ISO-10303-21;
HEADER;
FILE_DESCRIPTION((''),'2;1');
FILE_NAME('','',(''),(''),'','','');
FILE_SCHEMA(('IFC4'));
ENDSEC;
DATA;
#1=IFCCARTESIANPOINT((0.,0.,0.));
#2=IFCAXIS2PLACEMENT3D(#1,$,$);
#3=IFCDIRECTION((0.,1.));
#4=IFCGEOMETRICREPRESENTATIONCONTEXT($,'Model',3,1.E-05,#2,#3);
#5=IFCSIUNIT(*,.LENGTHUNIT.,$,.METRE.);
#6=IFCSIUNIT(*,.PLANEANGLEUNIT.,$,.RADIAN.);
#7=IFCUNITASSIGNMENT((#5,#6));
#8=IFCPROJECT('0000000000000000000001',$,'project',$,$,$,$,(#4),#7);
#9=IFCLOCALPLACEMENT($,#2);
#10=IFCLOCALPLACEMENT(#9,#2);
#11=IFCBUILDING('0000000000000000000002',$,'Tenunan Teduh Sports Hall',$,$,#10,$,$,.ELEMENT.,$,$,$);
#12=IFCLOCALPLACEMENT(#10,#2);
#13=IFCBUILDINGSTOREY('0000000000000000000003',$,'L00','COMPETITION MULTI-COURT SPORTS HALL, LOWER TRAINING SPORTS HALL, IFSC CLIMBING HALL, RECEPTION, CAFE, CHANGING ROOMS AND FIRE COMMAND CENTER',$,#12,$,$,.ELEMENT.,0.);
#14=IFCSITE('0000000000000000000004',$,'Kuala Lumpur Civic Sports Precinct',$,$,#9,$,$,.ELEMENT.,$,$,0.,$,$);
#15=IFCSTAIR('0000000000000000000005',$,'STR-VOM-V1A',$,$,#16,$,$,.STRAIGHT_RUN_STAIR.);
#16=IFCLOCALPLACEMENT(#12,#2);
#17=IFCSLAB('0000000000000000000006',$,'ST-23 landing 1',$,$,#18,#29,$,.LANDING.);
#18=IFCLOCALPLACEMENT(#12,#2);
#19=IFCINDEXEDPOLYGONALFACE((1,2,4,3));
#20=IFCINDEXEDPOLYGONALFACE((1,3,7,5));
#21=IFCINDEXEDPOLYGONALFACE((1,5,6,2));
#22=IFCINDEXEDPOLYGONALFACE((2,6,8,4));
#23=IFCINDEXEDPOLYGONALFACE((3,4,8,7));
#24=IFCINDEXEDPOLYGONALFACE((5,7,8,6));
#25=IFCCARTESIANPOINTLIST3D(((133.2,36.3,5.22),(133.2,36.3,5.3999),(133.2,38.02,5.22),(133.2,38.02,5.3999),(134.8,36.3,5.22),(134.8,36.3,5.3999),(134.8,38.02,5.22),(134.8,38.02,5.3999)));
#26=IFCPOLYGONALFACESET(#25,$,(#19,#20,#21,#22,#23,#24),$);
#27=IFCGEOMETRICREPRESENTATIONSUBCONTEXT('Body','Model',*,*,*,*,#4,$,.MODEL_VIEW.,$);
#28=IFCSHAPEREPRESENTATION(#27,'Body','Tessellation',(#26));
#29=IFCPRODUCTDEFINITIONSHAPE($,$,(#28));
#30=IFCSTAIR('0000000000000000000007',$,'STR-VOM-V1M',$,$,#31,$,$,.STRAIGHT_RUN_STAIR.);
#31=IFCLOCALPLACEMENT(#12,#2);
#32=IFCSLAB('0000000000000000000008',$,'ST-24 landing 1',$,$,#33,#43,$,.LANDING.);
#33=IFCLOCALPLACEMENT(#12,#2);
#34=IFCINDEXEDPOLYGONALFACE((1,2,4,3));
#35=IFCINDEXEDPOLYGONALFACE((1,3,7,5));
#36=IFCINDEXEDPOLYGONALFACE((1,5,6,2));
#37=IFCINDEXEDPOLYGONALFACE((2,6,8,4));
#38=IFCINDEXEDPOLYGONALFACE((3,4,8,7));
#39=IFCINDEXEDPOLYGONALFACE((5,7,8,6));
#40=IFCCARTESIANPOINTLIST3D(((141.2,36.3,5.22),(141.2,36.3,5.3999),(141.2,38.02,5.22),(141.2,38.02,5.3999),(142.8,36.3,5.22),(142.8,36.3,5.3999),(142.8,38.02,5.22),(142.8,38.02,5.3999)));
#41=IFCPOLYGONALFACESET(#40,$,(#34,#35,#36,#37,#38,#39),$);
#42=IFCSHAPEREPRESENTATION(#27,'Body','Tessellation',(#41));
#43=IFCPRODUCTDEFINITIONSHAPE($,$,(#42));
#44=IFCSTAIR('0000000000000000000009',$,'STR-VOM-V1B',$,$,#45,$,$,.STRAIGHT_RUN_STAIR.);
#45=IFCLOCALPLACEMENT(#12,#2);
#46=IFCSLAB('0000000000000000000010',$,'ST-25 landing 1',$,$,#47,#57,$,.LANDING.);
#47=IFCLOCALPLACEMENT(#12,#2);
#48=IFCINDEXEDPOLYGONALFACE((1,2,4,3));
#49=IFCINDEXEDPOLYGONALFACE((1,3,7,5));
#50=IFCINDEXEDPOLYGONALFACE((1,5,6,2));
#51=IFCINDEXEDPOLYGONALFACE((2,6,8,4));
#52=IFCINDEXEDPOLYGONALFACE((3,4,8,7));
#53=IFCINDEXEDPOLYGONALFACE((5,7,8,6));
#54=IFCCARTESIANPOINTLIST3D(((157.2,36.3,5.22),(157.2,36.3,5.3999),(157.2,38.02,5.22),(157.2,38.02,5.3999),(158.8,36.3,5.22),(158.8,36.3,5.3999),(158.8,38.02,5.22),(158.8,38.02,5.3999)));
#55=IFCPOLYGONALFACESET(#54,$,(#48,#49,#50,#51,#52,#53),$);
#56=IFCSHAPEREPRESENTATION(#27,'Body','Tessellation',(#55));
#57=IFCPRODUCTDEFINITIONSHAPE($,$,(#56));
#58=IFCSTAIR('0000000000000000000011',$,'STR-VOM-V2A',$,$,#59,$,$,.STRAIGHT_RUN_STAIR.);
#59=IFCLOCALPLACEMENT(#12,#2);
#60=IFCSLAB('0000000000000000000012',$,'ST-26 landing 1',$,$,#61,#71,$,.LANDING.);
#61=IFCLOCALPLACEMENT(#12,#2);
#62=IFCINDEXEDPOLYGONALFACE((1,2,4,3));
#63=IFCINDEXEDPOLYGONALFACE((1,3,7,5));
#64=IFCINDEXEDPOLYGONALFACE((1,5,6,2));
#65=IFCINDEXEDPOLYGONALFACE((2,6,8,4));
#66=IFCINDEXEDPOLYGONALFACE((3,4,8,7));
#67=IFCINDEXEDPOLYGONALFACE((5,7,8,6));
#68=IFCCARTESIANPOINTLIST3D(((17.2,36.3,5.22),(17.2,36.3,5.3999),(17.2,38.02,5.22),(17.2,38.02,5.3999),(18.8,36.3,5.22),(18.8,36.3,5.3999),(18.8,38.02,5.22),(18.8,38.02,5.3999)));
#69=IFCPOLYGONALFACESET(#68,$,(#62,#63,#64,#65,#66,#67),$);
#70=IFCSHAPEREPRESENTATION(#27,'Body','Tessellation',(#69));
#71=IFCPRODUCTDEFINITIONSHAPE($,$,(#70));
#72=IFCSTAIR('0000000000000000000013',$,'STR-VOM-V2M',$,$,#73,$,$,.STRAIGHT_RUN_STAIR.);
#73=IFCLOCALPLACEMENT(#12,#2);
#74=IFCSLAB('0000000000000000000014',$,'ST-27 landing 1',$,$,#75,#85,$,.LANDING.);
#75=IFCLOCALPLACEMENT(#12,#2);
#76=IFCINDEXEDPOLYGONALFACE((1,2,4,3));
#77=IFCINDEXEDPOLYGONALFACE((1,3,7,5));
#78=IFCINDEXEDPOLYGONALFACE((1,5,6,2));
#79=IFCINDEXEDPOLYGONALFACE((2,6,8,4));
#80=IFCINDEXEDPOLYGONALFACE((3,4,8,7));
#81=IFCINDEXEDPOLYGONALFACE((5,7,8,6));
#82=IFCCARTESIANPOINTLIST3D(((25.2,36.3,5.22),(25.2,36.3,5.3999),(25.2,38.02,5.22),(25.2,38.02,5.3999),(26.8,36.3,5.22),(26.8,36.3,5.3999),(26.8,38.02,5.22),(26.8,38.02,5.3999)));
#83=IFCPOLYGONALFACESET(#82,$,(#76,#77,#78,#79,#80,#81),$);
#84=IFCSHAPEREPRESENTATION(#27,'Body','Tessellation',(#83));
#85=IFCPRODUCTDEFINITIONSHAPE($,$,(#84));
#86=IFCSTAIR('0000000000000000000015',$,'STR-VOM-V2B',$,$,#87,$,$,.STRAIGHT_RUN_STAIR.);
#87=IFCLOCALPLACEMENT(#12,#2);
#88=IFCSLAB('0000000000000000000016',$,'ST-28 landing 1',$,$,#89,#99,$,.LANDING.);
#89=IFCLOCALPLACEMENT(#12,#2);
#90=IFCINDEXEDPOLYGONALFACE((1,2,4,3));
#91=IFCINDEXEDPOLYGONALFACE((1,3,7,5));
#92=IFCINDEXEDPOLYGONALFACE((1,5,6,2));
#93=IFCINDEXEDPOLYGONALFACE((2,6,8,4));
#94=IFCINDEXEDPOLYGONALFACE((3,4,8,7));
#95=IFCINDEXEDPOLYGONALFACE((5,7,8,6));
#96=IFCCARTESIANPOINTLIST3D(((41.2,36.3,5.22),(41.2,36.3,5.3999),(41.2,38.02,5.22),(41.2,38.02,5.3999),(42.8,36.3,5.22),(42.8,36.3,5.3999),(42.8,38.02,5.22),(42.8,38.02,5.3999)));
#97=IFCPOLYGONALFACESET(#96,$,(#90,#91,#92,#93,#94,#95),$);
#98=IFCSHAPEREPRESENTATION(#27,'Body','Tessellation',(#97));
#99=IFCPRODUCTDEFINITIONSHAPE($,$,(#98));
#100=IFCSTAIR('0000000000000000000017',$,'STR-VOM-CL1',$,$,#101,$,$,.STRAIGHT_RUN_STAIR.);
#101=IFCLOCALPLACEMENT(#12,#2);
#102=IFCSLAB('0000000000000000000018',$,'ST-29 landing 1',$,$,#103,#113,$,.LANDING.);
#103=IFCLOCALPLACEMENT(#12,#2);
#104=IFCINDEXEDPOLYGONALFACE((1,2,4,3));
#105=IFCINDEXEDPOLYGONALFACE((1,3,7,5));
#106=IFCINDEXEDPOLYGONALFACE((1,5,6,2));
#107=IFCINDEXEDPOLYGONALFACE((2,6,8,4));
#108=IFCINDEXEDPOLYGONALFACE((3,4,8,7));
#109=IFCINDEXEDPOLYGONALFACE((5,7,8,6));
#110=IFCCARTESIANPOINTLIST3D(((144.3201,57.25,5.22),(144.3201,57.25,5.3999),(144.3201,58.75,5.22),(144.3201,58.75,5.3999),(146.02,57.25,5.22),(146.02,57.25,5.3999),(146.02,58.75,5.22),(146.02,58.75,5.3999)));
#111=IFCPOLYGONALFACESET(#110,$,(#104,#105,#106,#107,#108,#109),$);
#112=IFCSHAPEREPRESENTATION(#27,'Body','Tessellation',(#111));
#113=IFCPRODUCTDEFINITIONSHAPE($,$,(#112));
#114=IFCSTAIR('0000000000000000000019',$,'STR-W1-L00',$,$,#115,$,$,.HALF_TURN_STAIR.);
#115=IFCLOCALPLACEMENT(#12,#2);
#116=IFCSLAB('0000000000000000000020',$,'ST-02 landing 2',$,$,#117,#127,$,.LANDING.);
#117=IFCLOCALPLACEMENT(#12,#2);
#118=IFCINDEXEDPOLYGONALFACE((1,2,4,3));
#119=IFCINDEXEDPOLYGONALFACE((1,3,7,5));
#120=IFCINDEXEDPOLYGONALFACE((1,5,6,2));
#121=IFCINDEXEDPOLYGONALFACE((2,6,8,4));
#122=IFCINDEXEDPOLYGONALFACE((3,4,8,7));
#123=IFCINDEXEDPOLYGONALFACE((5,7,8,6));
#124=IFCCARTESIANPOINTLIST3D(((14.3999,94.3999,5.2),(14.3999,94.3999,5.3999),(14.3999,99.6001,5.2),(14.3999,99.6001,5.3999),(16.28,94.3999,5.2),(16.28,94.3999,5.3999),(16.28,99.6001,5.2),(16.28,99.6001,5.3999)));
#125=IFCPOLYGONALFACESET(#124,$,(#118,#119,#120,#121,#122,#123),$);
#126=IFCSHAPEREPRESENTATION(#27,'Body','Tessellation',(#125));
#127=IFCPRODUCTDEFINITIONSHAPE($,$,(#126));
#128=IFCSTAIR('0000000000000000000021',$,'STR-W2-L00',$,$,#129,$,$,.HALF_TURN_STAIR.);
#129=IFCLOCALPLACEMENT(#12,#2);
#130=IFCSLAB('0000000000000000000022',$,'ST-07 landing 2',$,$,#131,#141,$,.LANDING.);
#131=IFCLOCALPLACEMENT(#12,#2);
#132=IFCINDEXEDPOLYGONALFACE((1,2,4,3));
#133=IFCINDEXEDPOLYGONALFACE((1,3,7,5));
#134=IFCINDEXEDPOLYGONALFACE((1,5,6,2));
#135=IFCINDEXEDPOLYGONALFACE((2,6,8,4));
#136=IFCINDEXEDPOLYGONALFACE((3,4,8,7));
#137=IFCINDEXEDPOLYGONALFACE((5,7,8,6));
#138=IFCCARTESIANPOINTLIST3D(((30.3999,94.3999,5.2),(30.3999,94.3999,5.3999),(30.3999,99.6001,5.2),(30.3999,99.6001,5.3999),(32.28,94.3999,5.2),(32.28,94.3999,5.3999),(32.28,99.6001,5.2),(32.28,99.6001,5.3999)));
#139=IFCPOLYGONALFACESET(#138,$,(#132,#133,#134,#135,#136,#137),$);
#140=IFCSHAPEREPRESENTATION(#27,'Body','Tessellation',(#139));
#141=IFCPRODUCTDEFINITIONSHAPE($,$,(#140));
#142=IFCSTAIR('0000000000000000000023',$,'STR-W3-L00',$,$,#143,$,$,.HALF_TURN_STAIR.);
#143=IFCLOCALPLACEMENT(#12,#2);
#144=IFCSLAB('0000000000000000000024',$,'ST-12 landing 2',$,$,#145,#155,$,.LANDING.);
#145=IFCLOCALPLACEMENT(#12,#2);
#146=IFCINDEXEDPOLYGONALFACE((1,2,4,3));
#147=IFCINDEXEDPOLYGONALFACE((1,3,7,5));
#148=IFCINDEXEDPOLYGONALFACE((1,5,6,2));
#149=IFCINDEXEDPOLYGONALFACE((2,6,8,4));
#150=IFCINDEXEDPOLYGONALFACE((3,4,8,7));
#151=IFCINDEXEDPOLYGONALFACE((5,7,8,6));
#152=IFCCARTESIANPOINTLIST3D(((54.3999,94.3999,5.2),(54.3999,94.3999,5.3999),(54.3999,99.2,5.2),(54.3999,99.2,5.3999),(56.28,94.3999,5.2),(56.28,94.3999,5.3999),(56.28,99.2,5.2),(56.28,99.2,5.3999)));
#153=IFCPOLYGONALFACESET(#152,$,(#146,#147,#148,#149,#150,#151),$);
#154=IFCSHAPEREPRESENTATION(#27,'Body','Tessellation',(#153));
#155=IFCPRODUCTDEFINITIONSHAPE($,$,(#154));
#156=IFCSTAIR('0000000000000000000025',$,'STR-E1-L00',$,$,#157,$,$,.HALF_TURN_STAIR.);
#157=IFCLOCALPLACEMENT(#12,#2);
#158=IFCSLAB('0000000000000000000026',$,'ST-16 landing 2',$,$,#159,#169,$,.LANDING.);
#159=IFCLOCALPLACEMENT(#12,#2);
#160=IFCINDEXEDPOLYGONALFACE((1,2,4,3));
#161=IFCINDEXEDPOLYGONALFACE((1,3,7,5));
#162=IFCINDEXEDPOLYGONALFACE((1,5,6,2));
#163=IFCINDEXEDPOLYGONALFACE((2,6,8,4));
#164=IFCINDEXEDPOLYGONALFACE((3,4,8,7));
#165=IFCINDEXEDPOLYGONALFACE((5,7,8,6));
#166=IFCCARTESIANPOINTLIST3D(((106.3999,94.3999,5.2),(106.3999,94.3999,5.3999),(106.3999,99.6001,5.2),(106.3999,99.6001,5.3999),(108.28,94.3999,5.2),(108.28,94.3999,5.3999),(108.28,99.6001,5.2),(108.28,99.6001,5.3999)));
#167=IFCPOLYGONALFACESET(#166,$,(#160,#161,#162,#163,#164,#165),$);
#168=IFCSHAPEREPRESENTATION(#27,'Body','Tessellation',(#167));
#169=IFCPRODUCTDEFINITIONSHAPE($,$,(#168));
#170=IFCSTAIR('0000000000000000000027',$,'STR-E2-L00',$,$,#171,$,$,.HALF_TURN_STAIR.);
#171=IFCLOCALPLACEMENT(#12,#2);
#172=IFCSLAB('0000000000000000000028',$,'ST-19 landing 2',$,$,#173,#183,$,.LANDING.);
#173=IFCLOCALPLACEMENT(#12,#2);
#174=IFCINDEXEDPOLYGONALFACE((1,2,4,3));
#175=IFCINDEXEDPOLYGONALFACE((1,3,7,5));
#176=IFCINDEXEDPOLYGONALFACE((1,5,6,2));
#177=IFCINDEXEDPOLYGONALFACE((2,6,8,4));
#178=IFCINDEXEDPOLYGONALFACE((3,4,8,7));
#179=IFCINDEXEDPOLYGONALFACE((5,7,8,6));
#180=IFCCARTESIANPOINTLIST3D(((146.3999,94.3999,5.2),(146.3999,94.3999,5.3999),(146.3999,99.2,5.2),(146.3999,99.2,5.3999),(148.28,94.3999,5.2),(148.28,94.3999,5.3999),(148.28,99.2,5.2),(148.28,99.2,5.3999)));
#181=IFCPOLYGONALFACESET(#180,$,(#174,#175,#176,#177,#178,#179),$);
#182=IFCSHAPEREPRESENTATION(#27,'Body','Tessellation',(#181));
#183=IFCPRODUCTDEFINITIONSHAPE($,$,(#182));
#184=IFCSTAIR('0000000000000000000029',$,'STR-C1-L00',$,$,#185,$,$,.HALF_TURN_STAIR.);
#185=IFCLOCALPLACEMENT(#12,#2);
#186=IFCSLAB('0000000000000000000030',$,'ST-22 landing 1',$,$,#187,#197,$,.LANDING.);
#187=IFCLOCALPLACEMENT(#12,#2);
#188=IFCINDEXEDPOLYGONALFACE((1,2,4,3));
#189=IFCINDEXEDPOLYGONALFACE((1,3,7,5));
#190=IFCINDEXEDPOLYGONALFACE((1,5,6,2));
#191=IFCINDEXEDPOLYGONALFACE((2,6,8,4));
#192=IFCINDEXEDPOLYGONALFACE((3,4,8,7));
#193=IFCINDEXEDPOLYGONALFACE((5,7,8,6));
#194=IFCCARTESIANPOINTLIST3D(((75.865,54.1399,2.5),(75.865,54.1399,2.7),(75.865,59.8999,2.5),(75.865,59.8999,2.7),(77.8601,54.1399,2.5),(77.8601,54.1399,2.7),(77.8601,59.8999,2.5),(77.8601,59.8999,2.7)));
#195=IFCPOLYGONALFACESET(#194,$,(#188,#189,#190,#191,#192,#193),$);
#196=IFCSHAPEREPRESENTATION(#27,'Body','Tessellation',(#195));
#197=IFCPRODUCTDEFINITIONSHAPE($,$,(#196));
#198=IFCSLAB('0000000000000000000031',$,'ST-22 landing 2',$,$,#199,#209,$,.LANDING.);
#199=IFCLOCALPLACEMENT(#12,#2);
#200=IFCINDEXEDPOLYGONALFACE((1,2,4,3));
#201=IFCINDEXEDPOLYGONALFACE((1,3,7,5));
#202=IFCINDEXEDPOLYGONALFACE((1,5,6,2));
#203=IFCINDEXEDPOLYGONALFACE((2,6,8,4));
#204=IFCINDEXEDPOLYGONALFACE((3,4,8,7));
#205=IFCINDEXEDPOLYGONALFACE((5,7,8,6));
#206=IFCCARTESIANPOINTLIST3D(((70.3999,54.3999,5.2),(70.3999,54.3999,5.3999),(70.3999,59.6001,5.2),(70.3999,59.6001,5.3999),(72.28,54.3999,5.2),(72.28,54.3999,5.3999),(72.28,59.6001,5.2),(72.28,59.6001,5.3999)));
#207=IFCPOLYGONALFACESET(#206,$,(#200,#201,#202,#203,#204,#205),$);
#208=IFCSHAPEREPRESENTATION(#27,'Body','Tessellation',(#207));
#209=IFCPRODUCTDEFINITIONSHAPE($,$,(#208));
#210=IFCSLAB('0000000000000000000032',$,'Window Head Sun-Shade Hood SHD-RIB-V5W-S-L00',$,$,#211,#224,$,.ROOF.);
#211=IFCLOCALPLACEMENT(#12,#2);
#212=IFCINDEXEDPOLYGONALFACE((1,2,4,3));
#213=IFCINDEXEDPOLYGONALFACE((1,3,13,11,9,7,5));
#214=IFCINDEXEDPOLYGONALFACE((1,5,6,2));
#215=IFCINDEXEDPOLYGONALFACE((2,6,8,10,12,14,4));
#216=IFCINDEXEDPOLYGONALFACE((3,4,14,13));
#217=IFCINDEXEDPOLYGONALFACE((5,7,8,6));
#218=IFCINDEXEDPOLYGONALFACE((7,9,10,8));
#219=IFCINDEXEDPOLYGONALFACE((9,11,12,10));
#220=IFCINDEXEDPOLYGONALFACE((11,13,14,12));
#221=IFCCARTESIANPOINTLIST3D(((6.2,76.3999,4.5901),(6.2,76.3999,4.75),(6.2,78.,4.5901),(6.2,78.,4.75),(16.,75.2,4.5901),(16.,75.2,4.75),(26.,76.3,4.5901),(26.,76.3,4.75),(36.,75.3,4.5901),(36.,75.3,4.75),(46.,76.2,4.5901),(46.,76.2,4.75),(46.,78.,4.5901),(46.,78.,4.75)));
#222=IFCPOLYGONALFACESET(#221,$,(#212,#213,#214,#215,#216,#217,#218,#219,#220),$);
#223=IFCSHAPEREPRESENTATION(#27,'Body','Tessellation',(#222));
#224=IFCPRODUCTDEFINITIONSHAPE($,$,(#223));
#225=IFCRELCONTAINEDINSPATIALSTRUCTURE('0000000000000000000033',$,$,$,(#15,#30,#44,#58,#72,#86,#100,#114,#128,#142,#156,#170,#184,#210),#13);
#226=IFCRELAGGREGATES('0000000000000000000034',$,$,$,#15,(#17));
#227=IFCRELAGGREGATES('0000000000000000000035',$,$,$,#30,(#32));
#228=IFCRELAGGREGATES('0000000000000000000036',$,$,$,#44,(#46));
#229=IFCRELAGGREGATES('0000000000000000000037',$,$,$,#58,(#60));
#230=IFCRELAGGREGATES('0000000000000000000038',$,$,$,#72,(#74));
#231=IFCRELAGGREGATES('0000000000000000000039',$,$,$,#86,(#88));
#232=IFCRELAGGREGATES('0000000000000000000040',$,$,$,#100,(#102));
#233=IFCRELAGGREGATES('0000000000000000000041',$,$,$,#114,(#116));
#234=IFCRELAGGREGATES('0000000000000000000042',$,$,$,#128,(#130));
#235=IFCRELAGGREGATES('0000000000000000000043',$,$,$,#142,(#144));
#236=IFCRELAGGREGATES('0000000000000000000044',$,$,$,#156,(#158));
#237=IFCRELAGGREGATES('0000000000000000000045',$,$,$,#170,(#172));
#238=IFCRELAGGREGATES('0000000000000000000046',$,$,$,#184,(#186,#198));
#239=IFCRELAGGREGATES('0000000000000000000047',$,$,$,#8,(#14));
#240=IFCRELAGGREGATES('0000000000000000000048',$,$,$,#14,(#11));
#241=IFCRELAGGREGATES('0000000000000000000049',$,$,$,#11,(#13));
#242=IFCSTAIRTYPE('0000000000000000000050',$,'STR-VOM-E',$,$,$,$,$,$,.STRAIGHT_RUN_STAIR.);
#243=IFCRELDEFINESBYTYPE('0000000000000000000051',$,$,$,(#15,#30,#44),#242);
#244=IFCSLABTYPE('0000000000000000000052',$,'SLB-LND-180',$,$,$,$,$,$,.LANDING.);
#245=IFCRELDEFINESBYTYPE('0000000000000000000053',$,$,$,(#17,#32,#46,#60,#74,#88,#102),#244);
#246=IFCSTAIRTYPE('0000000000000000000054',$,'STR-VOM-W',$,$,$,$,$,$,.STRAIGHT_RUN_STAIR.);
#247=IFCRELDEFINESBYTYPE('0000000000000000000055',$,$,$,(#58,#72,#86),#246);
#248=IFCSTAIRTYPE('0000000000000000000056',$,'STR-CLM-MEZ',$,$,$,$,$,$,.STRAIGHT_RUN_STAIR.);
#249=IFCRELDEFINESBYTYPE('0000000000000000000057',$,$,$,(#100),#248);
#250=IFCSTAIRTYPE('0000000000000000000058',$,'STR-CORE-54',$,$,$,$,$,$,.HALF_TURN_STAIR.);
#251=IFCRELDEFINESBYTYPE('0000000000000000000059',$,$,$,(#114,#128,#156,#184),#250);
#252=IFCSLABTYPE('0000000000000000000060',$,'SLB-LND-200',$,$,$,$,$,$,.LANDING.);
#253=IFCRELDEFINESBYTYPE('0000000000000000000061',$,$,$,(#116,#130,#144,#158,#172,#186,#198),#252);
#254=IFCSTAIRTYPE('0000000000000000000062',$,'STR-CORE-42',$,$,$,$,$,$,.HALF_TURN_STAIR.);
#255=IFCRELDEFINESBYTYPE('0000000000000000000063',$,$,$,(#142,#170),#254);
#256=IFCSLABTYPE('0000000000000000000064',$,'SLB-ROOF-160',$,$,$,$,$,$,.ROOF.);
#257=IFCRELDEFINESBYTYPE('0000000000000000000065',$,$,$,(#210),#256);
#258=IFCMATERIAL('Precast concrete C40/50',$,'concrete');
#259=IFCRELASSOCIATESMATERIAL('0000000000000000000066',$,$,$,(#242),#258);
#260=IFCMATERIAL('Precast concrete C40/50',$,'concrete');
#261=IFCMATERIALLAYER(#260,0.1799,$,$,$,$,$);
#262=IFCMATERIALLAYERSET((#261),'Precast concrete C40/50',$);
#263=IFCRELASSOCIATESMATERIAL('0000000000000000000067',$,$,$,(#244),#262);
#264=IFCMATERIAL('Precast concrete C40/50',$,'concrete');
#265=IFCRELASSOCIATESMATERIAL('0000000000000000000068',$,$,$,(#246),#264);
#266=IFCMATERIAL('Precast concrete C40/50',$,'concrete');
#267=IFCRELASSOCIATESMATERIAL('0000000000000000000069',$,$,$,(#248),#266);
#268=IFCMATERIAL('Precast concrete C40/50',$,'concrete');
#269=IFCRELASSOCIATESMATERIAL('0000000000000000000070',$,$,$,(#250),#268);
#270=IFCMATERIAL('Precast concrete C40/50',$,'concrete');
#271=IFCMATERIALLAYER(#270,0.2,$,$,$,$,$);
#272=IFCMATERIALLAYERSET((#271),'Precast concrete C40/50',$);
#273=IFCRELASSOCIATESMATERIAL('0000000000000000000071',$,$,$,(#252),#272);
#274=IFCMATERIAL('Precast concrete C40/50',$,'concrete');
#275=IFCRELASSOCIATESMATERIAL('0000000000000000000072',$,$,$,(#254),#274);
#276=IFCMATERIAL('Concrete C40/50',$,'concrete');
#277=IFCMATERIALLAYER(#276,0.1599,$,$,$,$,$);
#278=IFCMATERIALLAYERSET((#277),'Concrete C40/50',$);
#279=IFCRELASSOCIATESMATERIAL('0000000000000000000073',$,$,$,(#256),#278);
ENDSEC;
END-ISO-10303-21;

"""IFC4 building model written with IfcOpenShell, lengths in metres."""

from ifc_helpers import new_model, si_unit, direction, frame, origin, place, context, subcontext, project, spatial, polyline, outline, extrude, material, layer, layer_set, type_object, element, aggregate, save


model = new_model("IFC4")

# Units and contexts
model_context = context("Model", 3, precision=1e-05, world=origin(), true_north=direction((0.0, 1.0)))
body_context = subcontext(model_context, "Body", "Model", "MODEL_VIEW")
ifc_project = project(units=[si_unit("LENGTHUNIT", "METRE"), si_unit("PLANEANGLEUNIT", "RADIAN")], contexts=[model_context])

# Site, building, storey
site_placement = place(None, origin())
site = spatial("IfcSite", under=ifc_project, at=site_placement, Name="Kuala Lumpur Civic Sports Precinct", CompositionType="ELEMENT", RefElevation=0.0)
building_placement = place(site_placement, origin())
building = spatial("IfcBuilding", under=site, at=building_placement, Name="Tenunan Teduh Sports Hall", CompositionType="ELEMENT")
storey_placement = place(building_placement, origin())
storey = spatial("IfcBuildingStorey", under=building, at=storey_placement, Name="L00", Description="COMPETITION MULTI-COURT SPORTS HALL, LOWER TRAINING SPORTS HALL, IFSC CLIMBING HALL, RECEPTION, CAFE, CHANGING ROOMS AND FIRE COMMAND CENTER", CompositionType="ELEMENT", Elevation=0.0)

# Stairs, slabs
ifc_material_1 = material(Name="Precast concrete C40/50", Category="concrete")
stair_type_1 = type_object("IfcStairType", Name="STR-VOM-E", PredefinedType="STRAIGHT_RUN_STAIR", material=ifc_material_1)
stair_1_placement = place(storey_placement, origin())
stair_1 = element("IfcStair", 1, at=stair_1_placement, inside=storey, type_object=stair_type_1, Name="STR-VOM-V1A", PredefinedType="STRAIGHT_RUN_STAIR")
ifc_material_2 = material(Name="Precast concrete C40/50", Category="concrete")
ifc_layer_1 = layer(ifc_material_2, 0.1799)
ifc_layer_set_1 = layer_set([ifc_layer_1], Name="Precast concrete C40/50")
slab_type_1 = type_object("IfcSlabType", Name="SLB-LND-180", PredefinedType="LANDING", material=ifc_layer_set_1)
slab_1_placement = place(storey_placement, frame((0.0, 0.0, 5.22)))
slab_1 = element("IfcSlab", 2, at=slab_1_placement, type_object=slab_type_1, Name="ST-23 landing 1", PredefinedType="LANDING", context=body_context, shape_type="SweptSolid", body=[
    extrude(outline(polyline([(133.2, 36.3), (134.8, 36.3), (134.8, 38.02), (133.2, 38.02), (133.2, 36.3)])), origin(), (0.0, 0.0, 1.0), 0.1799),
])
aggregate(stair_1, [slab_1])
stair_2_placement = place(storey_placement, origin())
stair_2 = element("IfcStair", 3, at=stair_2_placement, inside=storey, type_object=stair_type_1, Name="STR-VOM-V1M", PredefinedType="STRAIGHT_RUN_STAIR")
slab_2_placement = place(storey_placement, frame((0.0, 0.0, 5.22)))
slab_2 = element("IfcSlab", 4, at=slab_2_placement, type_object=slab_type_1, Name="ST-24 landing 1", PredefinedType="LANDING", context=body_context, shape_type="SweptSolid", body=[
    extrude(outline(polyline([(141.2, 36.3), (142.8, 36.3), (142.8, 38.02), (141.2, 38.02), (141.2, 36.3)])), origin(), (0.0, 0.0, 1.0), 0.1799),
])
aggregate(stair_2, [slab_2])
stair_3_placement = place(storey_placement, origin())
stair_3 = element("IfcStair", 5, at=stair_3_placement, inside=storey, type_object=stair_type_1, Name="STR-VOM-V1B", PredefinedType="STRAIGHT_RUN_STAIR")
slab_3_placement = place(storey_placement, frame((0.0, 0.0, 5.22)))
slab_3 = element("IfcSlab", 6, at=slab_3_placement, type_object=slab_type_1, Name="ST-25 landing 1", PredefinedType="LANDING", context=body_context, shape_type="SweptSolid", body=[
    extrude(outline(polyline([(157.2, 36.3), (158.8, 36.3), (158.8, 38.02), (157.2, 38.02), (157.2, 36.3)])), origin(), (0.0, 0.0, 1.0), 0.1799),
])
aggregate(stair_3, [slab_3])
ifc_material_3 = material(Name="Precast concrete C40/50", Category="concrete")
stair_type_2 = type_object("IfcStairType", Name="STR-VOM-W", PredefinedType="STRAIGHT_RUN_STAIR", material=ifc_material_3)
stair_4_placement = place(storey_placement, origin())
stair_4 = element("IfcStair", 7, at=stair_4_placement, inside=storey, type_object=stair_type_2, Name="STR-VOM-V2A", PredefinedType="STRAIGHT_RUN_STAIR")
slab_4_placement = place(storey_placement, frame((0.0, 0.0, 5.22)))
slab_4 = element("IfcSlab", 8, at=slab_4_placement, type_object=slab_type_1, Name="ST-26 landing 1", PredefinedType="LANDING", context=body_context, shape_type="SweptSolid", body=[
    extrude(outline(polyline([(17.2, 36.3), (18.8, 36.3), (18.8, 38.02), (17.2, 38.02), (17.2, 36.3)])), origin(), (0.0, 0.0, 1.0), 0.1799),
])
aggregate(stair_4, [slab_4])
stair_5_placement = place(storey_placement, origin())
stair_5 = element("IfcStair", 9, at=stair_5_placement, inside=storey, type_object=stair_type_2, Name="STR-VOM-V2M", PredefinedType="STRAIGHT_RUN_STAIR")
slab_5_placement = place(storey_placement, frame((0.0, 0.0, 5.22)))
slab_5 = element("IfcSlab", 10, at=slab_5_placement, type_object=slab_type_1, Name="ST-27 landing 1", PredefinedType="LANDING", context=body_context, shape_type="SweptSolid", body=[
    extrude(outline(polyline([(25.2, 36.3), (26.8, 36.3), (26.8, 38.02), (25.2, 38.02), (25.2, 36.3)])), origin(), (0.0, 0.0, 1.0), 0.1799),
])
aggregate(stair_5, [slab_5])
stair_6_placement = place(storey_placement, origin())
stair_6 = element("IfcStair", 11, at=stair_6_placement, inside=storey, type_object=stair_type_2, Name="STR-VOM-V2B", PredefinedType="STRAIGHT_RUN_STAIR")
slab_6_placement = place(storey_placement, frame((0.0, 0.0, 5.22)))
slab_6 = element("IfcSlab", 12, at=slab_6_placement, type_object=slab_type_1, Name="ST-28 landing 1", PredefinedType="LANDING", context=body_context, shape_type="SweptSolid", body=[
    extrude(outline(polyline([(41.2, 36.3), (42.8, 36.3), (42.8, 38.02), (41.2, 38.02), (41.2, 36.3)])), origin(), (0.0, 0.0, 1.0), 0.1799),
])
aggregate(stair_6, [slab_6])
ifc_material_4 = material(Name="Precast concrete C40/50", Category="concrete")
stair_type_3 = type_object("IfcStairType", Name="STR-CLM-MEZ", PredefinedType="STRAIGHT_RUN_STAIR", material=ifc_material_4)
stair_7_placement = place(storey_placement, origin())
stair_7 = element("IfcStair", 13, at=stair_7_placement, inside=storey, type_object=stair_type_3, Name="STR-VOM-CL1", PredefinedType="STRAIGHT_RUN_STAIR")
slab_7_placement = place(storey_placement, frame((0.0, 0.0, 5.22)))
slab_7 = element("IfcSlab", 14, at=slab_7_placement, type_object=slab_type_1, Name="ST-29 landing 1", PredefinedType="LANDING", context=body_context, shape_type="SweptSolid", body=[
    extrude(outline(polyline([(144.3201, 57.25), (146.02, 57.25), (146.02, 58.75), (144.3201, 58.75), (144.3201, 57.25)])), origin(), (0.0, 0.0, 1.0), 0.1799),
])
aggregate(stair_7, [slab_7])
ifc_material_5 = material(Name="Precast concrete C40/50", Category="concrete")
stair_type_4 = type_object("IfcStairType", Name="STR-CORE-54", PredefinedType="HALF_TURN_STAIR", material=ifc_material_5)
stair_8_placement = place(storey_placement, origin())
stair_8 = element("IfcStair", 15, at=stair_8_placement, inside=storey, type_object=stair_type_4, Name="STR-W1-L00", PredefinedType="HALF_TURN_STAIR")
ifc_material_6 = material(Name="Precast concrete C40/50", Category="concrete")
ifc_layer_2 = layer(ifc_material_6, 0.2)
ifc_layer_set_2 = layer_set([ifc_layer_2], Name="Precast concrete C40/50")
slab_type_2 = type_object("IfcSlabType", Name="SLB-LND-200", PredefinedType="LANDING", material=ifc_layer_set_2)
slab_8_placement = place(storey_placement, frame((0.0, 0.0, 5.2)))
slab_8 = element("IfcSlab", 16, at=slab_8_placement, type_object=slab_type_2, Name="ST-02 landing 2", PredefinedType="LANDING", context=body_context, shape_type="SweptSolid", body=[
    extrude(outline(polyline([(14.3999, 94.3999), (16.28, 94.3999), (16.28, 99.6001), (14.3999, 99.6001), (14.3999, 94.3999)])), origin(), (0.0, 0.0, 1.0), 0.2),
])
aggregate(stair_8, [slab_8])
stair_9_placement = place(storey_placement, origin())
stair_9 = element("IfcStair", 17, at=stair_9_placement, inside=storey, type_object=stair_type_4, Name="STR-W2-L00", PredefinedType="HALF_TURN_STAIR")
slab_9_placement = place(storey_placement, frame((0.0, 0.0, 5.2)))
slab_9 = element("IfcSlab", 18, at=slab_9_placement, type_object=slab_type_2, Name="ST-07 landing 2", PredefinedType="LANDING", context=body_context, shape_type="SweptSolid", body=[
    extrude(outline(polyline([(30.3999, 94.3999), (32.28, 94.3999), (32.28, 99.6001), (30.3999, 99.6001), (30.3999, 94.3999)])), origin(), (0.0, 0.0, 1.0), 0.2),
])
aggregate(stair_9, [slab_9])
ifc_material_7 = material(Name="Precast concrete C40/50", Category="concrete")
stair_type_5 = type_object("IfcStairType", Name="STR-CORE-42", PredefinedType="HALF_TURN_STAIR", material=ifc_material_7)
stair_10_placement = place(storey_placement, origin())
stair_10 = element("IfcStair", 19, at=stair_10_placement, inside=storey, type_object=stair_type_5, Name="STR-W3-L00", PredefinedType="HALF_TURN_STAIR")
slab_10_placement = place(storey_placement, frame((0.0, 0.0, 5.2)))
slab_10 = element("IfcSlab", 20, at=slab_10_placement, type_object=slab_type_2, Name="ST-12 landing 2", PredefinedType="LANDING", context=body_context, shape_type="SweptSolid", body=[
    extrude(outline(polyline([(54.3999, 94.3999), (56.28, 94.3999), (56.28, 99.2), (54.3999, 99.2), (54.3999, 94.3999)])), origin(), (0.0, 0.0, 1.0), 0.2),
])
aggregate(stair_10, [slab_10])
stair_11_placement = place(storey_placement, origin())
stair_11 = element("IfcStair", 21, at=stair_11_placement, inside=storey, type_object=stair_type_4, Name="STR-E1-L00", PredefinedType="HALF_TURN_STAIR")
slab_11_placement = place(storey_placement, frame((0.0, 0.0, 5.2)))
slab_11 = element("IfcSlab", 22, at=slab_11_placement, type_object=slab_type_2, Name="ST-16 landing 2", PredefinedType="LANDING", context=body_context, shape_type="SweptSolid", body=[
    extrude(outline(polyline([(106.3999, 94.3999), (108.28, 94.3999), (108.28, 99.6001), (106.3999, 99.6001), (106.3999, 94.3999)])), origin(), (0.0, 0.0, 1.0), 0.2),
])
aggregate(stair_11, [slab_11])
stair_12_placement = place(storey_placement, origin())
stair_12 = element("IfcStair", 23, at=stair_12_placement, inside=storey, type_object=stair_type_5, Name="STR-E2-L00", PredefinedType="HALF_TURN_STAIR")
slab_12_placement = place(storey_placement, frame((0.0, 0.0, 5.2)))
slab_12 = element("IfcSlab", 24, at=slab_12_placement, type_object=slab_type_2, Name="ST-19 landing 2", PredefinedType="LANDING", context=body_context, shape_type="SweptSolid", body=[
    extrude(outline(polyline([(146.3999, 94.3999), (148.28, 94.3999), (148.28, 99.2), (146.3999, 99.2), (146.3999, 94.3999)])), origin(), (0.0, 0.0, 1.0), 0.2),
])
aggregate(stair_12, [slab_12])

# Stair, slabs
stair_13_placement = place(storey_placement, origin())
stair_13 = element("IfcStair", 25, at=stair_13_placement, inside=storey, type_object=stair_type_4, Name="STR-C1-L00", PredefinedType="HALF_TURN_STAIR")
slab_13_placement = place(storey_placement, frame((0.0, 0.0, 2.5)))
slab_13 = element("IfcSlab", 26, at=slab_13_placement, type_object=slab_type_2, Name="ST-22 landing 1", PredefinedType="LANDING", context=body_context, shape_type="SweptSolid", body=[
    extrude(outline(polyline([(75.865, 54.1399), (77.8601, 54.1399), (77.8601, 59.8999), (75.865, 59.8999), (75.865, 54.1399)])), origin(), (0.0, 0.0, 1.0), 0.2),
])
slab_14_placement = place(storey_placement, frame((0.0, 0.0, 5.2)))
slab_14 = element("IfcSlab", 27, at=slab_14_placement, type_object=slab_type_2, Name="ST-22 landing 2", PredefinedType="LANDING", context=body_context, shape_type="SweptSolid", body=[
    extrude(outline(polyline([(70.3999, 54.3999), (72.28, 54.3999), (72.28, 59.6001), (70.3999, 59.6001), (70.3999, 54.3999)])), origin(), (0.0, 0.0, 1.0), 0.2),
])
aggregate(stair_13, [slab_13, slab_14])

# Slab
ifc_material_8 = material(Name="Concrete C40/50", Category="concrete")
ifc_layer_3 = layer(ifc_material_8, 0.1599)
ifc_layer_set_3 = layer_set([ifc_layer_3], Name="Concrete C40/50")
slab_type_3 = type_object("IfcSlabType", Name="SLB-ROOF-160", PredefinedType="ROOF", material=ifc_layer_set_3)
slab_15_placement = place(storey_placement, frame((0.0, 0.0, 4.5901)))
element("IfcSlab", 28, at=slab_15_placement, inside=storey, type_object=slab_type_3, Name="Window Head Sun-Shade Hood SHD-RIB-V5W-S-L00", PredefinedType="ROOF", context=body_context, shape_type="SweptSolid", body=[
    extrude(outline(polyline([(6.2, 78.0), (46.0, 78.0), (46.0, 76.2), (36.0, 75.3), (26.0, 76.3), (16.0, 75.2), (6.2, 76.3999), (6.2, 78.0)])), origin(), (0.0, 0.0, 1.0), 0.1599),
])

save(model, "model.ifc")
